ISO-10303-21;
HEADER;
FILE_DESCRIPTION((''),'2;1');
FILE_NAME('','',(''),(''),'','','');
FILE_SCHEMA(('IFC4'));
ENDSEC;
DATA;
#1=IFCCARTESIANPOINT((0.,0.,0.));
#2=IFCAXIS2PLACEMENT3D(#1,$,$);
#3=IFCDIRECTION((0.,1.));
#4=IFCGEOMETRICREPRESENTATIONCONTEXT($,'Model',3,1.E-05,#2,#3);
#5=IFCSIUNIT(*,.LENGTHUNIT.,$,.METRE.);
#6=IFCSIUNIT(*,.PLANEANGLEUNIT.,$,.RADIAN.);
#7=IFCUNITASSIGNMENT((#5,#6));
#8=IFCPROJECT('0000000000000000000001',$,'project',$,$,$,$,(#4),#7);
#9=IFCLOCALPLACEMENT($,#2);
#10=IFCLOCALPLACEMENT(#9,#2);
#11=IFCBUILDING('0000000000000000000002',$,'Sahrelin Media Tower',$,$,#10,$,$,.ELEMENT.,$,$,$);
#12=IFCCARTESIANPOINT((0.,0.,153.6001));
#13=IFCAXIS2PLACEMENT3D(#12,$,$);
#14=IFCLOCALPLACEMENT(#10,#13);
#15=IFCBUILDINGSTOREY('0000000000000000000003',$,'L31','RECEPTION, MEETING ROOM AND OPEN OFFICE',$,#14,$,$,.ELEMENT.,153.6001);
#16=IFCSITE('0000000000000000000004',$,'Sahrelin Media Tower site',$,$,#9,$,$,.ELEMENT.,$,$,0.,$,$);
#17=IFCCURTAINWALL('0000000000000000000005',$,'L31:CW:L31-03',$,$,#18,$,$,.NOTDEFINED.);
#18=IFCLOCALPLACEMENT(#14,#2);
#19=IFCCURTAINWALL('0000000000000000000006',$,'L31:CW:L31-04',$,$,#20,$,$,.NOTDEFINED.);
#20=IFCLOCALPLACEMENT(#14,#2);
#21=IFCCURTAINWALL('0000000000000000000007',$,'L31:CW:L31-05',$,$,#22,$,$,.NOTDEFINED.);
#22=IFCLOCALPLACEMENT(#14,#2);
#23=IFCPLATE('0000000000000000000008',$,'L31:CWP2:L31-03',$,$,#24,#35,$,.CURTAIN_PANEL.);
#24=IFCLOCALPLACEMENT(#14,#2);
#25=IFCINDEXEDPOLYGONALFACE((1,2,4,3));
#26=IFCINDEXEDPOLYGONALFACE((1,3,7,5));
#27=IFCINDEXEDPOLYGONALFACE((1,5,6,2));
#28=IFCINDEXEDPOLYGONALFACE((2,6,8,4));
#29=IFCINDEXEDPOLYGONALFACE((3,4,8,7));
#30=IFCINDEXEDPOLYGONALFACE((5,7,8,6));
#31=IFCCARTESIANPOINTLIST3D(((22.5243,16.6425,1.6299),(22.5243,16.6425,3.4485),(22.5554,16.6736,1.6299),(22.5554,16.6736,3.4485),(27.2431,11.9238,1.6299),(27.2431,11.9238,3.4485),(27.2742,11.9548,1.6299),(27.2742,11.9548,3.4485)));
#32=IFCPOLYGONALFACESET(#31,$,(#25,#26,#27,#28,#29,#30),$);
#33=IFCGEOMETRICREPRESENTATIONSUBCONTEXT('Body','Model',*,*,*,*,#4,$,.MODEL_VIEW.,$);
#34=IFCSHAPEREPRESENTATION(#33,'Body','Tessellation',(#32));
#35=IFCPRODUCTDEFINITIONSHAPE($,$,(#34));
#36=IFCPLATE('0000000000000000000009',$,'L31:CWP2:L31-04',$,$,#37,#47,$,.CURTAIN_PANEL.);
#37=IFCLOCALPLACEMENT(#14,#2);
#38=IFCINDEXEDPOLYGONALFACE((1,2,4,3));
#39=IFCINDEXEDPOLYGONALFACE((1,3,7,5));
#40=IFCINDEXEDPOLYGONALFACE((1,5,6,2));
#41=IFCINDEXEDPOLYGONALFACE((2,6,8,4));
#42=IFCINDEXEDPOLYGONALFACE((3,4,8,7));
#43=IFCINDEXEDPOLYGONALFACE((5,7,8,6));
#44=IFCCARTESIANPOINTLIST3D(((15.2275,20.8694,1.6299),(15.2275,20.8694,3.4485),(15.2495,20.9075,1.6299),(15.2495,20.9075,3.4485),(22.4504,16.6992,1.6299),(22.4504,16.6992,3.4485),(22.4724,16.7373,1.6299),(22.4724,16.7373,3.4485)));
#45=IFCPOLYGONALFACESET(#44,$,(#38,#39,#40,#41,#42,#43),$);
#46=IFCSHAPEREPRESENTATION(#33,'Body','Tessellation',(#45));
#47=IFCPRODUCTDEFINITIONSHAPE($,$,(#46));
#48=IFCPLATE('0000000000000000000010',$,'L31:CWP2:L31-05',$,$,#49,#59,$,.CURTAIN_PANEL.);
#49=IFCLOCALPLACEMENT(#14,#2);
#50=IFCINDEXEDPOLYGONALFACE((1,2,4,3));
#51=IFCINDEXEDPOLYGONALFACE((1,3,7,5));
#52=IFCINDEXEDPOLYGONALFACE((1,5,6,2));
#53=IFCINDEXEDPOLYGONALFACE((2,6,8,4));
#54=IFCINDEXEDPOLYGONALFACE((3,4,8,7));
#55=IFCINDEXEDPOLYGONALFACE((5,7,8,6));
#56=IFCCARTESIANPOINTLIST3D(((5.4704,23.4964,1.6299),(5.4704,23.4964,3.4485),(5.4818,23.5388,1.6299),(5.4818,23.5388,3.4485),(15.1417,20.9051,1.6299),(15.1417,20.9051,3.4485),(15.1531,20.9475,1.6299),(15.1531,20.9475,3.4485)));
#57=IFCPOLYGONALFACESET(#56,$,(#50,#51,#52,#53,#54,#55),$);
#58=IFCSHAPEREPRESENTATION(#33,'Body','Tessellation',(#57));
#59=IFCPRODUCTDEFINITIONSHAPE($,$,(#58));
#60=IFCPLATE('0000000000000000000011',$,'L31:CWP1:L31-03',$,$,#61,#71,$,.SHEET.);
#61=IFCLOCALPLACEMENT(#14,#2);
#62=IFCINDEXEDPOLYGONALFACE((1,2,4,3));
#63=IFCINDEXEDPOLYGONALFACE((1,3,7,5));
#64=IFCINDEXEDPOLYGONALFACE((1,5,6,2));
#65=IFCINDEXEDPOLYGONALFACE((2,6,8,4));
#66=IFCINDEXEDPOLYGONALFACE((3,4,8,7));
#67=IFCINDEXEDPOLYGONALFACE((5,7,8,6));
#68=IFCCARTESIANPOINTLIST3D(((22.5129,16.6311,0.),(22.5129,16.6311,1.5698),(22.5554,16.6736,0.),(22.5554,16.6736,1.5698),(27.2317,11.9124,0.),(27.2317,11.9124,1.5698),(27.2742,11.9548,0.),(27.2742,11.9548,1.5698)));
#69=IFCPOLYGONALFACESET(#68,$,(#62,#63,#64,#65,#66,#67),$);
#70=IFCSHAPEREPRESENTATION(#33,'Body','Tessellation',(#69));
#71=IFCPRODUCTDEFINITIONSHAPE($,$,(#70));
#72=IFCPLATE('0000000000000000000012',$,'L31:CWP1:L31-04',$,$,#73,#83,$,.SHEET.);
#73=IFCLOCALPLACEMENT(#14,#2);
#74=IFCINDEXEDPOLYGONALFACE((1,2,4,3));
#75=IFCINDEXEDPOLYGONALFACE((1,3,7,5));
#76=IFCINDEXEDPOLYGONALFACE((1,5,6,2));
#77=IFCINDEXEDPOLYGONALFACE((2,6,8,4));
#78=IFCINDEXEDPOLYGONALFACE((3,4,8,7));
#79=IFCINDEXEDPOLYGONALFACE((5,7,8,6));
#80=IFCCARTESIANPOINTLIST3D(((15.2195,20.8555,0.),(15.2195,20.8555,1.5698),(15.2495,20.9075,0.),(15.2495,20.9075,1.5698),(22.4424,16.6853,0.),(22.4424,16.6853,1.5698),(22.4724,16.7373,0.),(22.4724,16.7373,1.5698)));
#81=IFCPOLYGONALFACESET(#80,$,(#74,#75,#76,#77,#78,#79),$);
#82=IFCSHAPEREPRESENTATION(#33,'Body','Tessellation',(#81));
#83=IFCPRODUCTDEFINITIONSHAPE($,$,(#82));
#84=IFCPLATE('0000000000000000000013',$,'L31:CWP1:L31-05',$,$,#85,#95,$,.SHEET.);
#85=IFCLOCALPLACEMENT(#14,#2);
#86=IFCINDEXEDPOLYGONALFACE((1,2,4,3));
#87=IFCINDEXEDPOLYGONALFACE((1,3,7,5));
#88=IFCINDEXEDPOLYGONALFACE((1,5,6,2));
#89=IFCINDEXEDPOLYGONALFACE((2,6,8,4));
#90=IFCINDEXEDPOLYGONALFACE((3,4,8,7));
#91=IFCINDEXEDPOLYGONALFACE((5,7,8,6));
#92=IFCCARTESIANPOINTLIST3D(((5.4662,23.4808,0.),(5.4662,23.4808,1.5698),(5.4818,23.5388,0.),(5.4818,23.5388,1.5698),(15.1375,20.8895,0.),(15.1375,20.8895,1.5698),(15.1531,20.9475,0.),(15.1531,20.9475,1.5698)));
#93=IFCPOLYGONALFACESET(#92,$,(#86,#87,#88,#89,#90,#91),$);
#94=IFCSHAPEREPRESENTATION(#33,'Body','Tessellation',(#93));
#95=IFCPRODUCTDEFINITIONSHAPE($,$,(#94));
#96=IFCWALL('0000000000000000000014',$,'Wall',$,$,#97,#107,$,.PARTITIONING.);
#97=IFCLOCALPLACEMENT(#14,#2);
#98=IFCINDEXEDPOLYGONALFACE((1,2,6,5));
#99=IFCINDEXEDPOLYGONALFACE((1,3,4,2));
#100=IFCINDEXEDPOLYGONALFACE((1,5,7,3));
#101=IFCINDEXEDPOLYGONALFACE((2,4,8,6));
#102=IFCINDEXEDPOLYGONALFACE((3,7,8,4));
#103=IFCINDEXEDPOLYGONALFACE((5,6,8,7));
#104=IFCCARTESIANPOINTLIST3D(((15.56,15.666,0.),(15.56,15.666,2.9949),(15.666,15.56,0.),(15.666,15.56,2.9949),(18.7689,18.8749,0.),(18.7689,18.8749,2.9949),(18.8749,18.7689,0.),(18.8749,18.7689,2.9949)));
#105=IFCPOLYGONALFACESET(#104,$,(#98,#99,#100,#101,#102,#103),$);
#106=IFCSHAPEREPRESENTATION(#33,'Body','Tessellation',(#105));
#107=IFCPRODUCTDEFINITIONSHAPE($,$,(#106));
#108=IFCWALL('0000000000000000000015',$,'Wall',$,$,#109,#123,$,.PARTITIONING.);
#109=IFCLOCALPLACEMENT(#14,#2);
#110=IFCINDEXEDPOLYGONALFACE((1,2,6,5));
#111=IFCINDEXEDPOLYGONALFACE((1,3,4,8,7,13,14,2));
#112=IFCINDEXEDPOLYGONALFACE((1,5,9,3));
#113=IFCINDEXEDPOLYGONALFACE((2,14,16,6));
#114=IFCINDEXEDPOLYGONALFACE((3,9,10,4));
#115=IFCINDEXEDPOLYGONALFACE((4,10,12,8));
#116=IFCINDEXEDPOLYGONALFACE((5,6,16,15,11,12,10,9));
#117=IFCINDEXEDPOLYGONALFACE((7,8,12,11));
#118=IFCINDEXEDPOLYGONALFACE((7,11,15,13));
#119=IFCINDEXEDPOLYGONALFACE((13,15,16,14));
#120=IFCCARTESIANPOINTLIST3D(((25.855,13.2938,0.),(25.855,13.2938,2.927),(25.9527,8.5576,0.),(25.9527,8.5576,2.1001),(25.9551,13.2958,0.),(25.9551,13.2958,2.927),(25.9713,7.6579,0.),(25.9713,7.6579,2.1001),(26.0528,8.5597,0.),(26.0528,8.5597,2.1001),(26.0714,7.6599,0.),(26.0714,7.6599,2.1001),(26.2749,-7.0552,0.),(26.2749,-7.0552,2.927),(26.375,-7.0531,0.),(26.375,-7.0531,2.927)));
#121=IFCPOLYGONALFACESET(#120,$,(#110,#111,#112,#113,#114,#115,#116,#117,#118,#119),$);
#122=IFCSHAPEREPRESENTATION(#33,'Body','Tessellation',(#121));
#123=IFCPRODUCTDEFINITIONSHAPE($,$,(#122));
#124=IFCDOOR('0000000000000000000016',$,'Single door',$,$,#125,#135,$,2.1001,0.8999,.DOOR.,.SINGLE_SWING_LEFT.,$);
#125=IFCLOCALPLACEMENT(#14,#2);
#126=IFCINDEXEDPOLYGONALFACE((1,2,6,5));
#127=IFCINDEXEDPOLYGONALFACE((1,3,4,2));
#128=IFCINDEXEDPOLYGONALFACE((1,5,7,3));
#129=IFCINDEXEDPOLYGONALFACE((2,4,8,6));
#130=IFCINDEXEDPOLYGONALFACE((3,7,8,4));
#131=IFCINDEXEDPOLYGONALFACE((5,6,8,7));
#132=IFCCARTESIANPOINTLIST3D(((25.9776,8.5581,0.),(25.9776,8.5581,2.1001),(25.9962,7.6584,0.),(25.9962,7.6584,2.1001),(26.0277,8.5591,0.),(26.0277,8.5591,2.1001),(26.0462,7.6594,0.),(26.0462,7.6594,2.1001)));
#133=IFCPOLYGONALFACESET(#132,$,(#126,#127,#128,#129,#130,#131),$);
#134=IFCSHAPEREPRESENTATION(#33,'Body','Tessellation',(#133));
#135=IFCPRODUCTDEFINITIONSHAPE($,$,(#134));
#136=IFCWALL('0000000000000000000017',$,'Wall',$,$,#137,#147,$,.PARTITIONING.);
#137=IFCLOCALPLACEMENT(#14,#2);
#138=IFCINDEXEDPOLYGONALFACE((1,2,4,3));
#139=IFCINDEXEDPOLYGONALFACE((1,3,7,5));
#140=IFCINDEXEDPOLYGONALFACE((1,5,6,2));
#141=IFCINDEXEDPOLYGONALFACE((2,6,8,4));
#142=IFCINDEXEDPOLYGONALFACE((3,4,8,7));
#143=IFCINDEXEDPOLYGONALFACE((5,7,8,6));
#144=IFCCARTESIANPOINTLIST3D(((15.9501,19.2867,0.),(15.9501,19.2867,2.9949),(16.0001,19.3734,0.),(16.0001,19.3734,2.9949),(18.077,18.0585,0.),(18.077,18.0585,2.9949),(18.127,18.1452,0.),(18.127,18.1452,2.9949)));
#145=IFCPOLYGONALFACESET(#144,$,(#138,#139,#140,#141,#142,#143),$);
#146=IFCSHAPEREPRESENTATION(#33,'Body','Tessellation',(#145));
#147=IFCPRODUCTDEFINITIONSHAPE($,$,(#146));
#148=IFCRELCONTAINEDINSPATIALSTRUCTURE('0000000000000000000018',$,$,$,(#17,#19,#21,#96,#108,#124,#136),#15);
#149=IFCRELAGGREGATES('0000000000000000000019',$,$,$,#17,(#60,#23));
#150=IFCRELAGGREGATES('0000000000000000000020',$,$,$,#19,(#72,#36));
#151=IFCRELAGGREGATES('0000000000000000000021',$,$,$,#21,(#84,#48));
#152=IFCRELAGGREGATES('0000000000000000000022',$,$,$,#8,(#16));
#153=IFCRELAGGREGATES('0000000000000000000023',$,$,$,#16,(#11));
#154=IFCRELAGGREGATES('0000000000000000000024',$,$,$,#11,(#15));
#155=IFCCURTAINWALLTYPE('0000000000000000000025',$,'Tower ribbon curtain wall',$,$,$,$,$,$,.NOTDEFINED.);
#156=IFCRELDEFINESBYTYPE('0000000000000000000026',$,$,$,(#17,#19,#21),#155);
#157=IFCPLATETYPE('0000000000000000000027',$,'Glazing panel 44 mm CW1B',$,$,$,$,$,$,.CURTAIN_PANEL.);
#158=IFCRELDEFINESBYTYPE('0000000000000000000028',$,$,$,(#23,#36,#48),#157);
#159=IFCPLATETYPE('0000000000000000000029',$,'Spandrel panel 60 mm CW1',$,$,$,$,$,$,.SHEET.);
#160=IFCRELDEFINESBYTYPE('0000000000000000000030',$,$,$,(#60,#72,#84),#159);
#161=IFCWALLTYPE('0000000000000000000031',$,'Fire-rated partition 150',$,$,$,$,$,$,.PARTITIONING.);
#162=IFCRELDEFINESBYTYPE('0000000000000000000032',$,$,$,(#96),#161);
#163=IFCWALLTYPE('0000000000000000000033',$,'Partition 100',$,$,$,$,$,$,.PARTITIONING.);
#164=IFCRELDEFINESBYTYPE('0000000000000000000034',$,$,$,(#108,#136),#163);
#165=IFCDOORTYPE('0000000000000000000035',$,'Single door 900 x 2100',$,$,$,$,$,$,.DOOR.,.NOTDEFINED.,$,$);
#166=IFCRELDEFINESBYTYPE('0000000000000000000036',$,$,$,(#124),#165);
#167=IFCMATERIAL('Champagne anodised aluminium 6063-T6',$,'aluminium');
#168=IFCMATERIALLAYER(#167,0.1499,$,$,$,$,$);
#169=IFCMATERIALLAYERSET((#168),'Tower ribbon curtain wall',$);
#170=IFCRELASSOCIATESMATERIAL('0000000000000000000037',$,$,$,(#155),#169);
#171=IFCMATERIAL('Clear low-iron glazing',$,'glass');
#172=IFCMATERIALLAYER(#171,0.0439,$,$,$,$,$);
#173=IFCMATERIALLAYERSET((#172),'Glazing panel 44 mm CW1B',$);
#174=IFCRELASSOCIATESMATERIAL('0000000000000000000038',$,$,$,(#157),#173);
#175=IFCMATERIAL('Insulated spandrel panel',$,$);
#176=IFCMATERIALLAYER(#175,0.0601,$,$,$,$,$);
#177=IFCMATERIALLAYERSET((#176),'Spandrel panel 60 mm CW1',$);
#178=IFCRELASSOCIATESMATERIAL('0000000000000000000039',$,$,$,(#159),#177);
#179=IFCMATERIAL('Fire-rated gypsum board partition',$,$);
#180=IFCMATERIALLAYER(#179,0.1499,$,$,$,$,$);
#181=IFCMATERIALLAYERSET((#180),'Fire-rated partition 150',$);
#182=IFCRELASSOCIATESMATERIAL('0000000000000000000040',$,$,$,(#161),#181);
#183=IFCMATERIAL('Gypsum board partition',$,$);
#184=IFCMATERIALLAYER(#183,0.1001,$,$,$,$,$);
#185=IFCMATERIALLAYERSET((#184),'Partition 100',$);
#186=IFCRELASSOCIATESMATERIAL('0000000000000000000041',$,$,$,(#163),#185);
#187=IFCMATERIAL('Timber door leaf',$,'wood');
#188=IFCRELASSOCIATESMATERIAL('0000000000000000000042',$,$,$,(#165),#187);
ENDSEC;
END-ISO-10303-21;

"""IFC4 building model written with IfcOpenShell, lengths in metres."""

from ifc_helpers import new_model, si_unit, direction, frame, frame_2d, origin, place, context, subcontext, project, spatial, polyline, rectangle, outline, extrude, material, layer, layer_set, type_object, element, fill, aggregate, save


model = new_model("IFC4")

# Units and contexts
model_context = context("Model", 3, precision=1e-05, world=origin(), true_north=direction((0.0, 1.0)))
body_context = subcontext(model_context, "Body", "Model", "MODEL_VIEW")
ifc_project = project(units=[si_unit("LENGTHUNIT", "METRE"), si_unit("PLANEANGLEUNIT", "RADIAN")], contexts=[model_context])

# Site, building, storey
site_placement = place(None, origin())
site = spatial("IfcSite", under=ifc_project, at=site_placement, Name="Sahrelin Media Tower site", CompositionType="ELEMENT", RefElevation=0.0)
building_placement = place(site_placement, origin())
building = spatial("IfcBuilding", under=site, at=building_placement, Name="Sahrelin Media Tower", CompositionType="ELEMENT")
storey_placement = place(building_placement, frame((0.0, 0.0, 153.6001)))
storey = spatial("IfcBuildingStorey", under=building, at=storey_placement, Name="L31", Description="RECEPTION, MEETING ROOM AND OPEN OFFICE", CompositionType="ELEMENT", Elevation=153.6001)

# Curtain walls
ifc_material_1 = material(Name="Champagne anodised aluminium 6063-T6", Category="aluminium")
ifc_layer_1 = layer(ifc_material_1, 0.1499)
ifc_layer_set_1 = layer_set([ifc_layer_1], Name="Tower ribbon curtain wall")
curtain_wall_type = type_object("IfcCurtainWallType", Name="Tower ribbon curtain wall", PredefinedType="NOTDEFINED", material=ifc_layer_set_1)
curtain_wall_1_placement = place(storey_placement, frame((24.9006, 14.3003, 0.0), z_axis=(0.0, 0.0, 1.0), x_axis=(1.0, 0.0, 0.0)))
curtain_wall_1 = element("IfcCurtainWall", 1, at=curtain_wall_1_placement, inside=storey, type_object=curtain_wall_type, Name="L31:CW:L31-03", PredefinedType="NOTDEFINED")
curtain_wall_2_placement = place(storey_placement, frame((18.8511, 18.8049, 0.0), z_axis=(0.0, 0.0, 1.0), x_axis=(1.0, 0.0, 0.0)))
curtain_wall_2 = element("IfcCurtainWall", 2, at=curtain_wall_2_placement, inside=storey, type_object=curtain_wall_type, Name="L31:CW:L31-04", PredefinedType="NOTDEFINED")

# Curtain wall
curtain_wall_3_placement = place(storey_placement, frame((10.3123, 22.2236, 0.0), z_axis=(0.0, 0.0, 1.0), x_axis=(1.0, 0.0, 0.0)))
curtain_wall_3 = element("IfcCurtainWall", 3, at=curtain_wall_3_placement, inside=storey, type_object=curtain_wall_type, Name="L31:CW:L31-05", PredefinedType="NOTDEFINED")

# Plates
ifc_material_2 = material(Name="Clear low-iron glazing", Category="glass")
ifc_layer_2 = layer(ifc_material_2, 0.0439)
ifc_layer_set_2 = layer_set([ifc_layer_2], Name="Glazing panel 44 mm CW1B")
plate_type_1 = type_object("IfcPlateType", Name="Glazing panel 44 mm CW1B", PredefinedType="CURTAIN_PANEL", material=ifc_layer_set_2)
plate_1_placement = place(storey_placement, frame((27.2742, 11.9548, 1.6299), z_axis=(0.707107, 0.707107, 0.0), x_axis=(-0.707107, 0.707107, 0.0)))
plate_1 = element("IfcPlate", 4, at=plate_1_placement, type_object=plate_type_1, Name="L31:CWP2:L31-03", PredefinedType="CURTAIN_PANEL", context=body_context, shape_type="SweptSolid", body=[
    extrude(outline(polyline([(0.0, 0.0), (6.6733, 0.0), (6.6733, 1.8186), (0.0, 1.8186), (0.0, 0.0)])), origin(), (0.0, 0.0, -1.0), 0.0439),
])
plate_2_placement = place(storey_placement, frame((22.4724, 16.7373, 1.6299), z_axis=(0.500002, 0.866024, 0.0), x_axis=(-0.866024, 0.500002, 0.0)))
plate_2 = element("IfcPlate", 5, at=plate_2_placement, type_object=plate_type_1, Name="L31:CWP2:L31-04", PredefinedType="CURTAIN_PANEL", context=body_context, shape_type="SweptSolid", body=[
    extrude(outline(polyline([(0.0, 0.0), (8.3403, 0.0), (8.3403, 1.8186), (0.0, 1.8186), (0.0, 0.0)])), origin(), (0.0, 0.0, -1.0), 0.0439),
])
plate_3_placement = place(storey_placement, frame((15.1531, 20.9475, 1.6299), z_axis=(0.258807, 0.965929, 0.0), x_axis=(-0.965929, 0.258807, 0.0)))
plate_3 = element("IfcPlate", 6, at=plate_3_placement, type_object=plate_type_1, Name="L31:CWP2:L31-05", PredefinedType="CURTAIN_PANEL", context=body_context, shape_type="SweptSolid", body=[
    extrude(outline(polyline([(0.0, 0.0), (10.0125, 0.0), (10.0125, 1.8186), (0.0, 1.8186), (0.0, 0.0)])), origin(), (0.0, 0.0, -1.0), 0.0439),
])
ifc_material_3 = material(Name="Insulated spandrel panel")
ifc_layer_3 = layer(ifc_material_3, 0.0601)
ifc_layer_set_3 = layer_set([ifc_layer_3], Name="Spandrel panel 60 mm CW1")
plate_type_2 = type_object("IfcPlateType", Name="Spandrel panel 60 mm CW1", PredefinedType="SHEET", material=ifc_layer_set_3)
plate_4_placement = place(storey_placement, frame((27.2742, 11.9548, 0.0), z_axis=(0.707107, 0.707107, 0.0), x_axis=(-0.707107, 0.707107, 0.0)))
plate_4 = element("IfcPlate", 7, at=plate_4_placement, type_object=plate_type_2, Name="L31:CWP1:L31-03", PredefinedType="SHEET", context=body_context, shape_type="SweptSolid", body=[
    extrude(outline(polyline([(0.0, 0.0), (6.6733, 0.0), (6.6733, 1.5698), (0.0, 1.5698), (0.0, 0.0)])), origin(), (0.0, 0.0, -1.0), 0.0601),
])
aggregate(curtain_wall_1, [plate_4, plate_1])
plate_5_placement = place(storey_placement, frame((22.4724, 16.7373, 0.0), z_axis=(0.500002, 0.866024, 0.0), x_axis=(-0.866024, 0.500002, 0.0)))
plate_5 = element("IfcPlate", 8, at=plate_5_placement, type_object=plate_type_2, Name="L31:CWP1:L31-04", PredefinedType="SHEET", context=body_context, shape_type="SweptSolid", body=[
    extrude(outline(polyline([(0.0, 0.0), (8.3403, 0.0), (8.3403, 1.5698), (0.0, 1.5698), (0.0, 0.0)])), origin(), (0.0, 0.0, -1.0), 0.0601),
])
aggregate(curtain_wall_2, [plate_5, plate_2])
plate_6_placement = place(storey_placement, frame((15.1531, 20.9475, 0.0), z_axis=(0.258807, 0.965929, 0.0), x_axis=(-0.965929, 0.258807, 0.0)))
plate_6 = element("IfcPlate", 9, at=plate_6_placement, type_object=plate_type_2, Name="L31:CWP1:L31-05", PredefinedType="SHEET", context=body_context, shape_type="SweptSolid", body=[
    extrude(outline(polyline([(0.0, 0.0), (10.0125, 0.0), (10.0125, 1.5698), (0.0, 1.5698), (0.0, 0.0)])), origin(), (0.0, 0.0, -1.0), 0.0601),
])
aggregate(curtain_wall_3, [plate_6, plate_3])

# Wall
ifc_material_4 = material(Name="Fire-rated gypsum board partition")
ifc_layer_4 = layer(ifc_material_4, 0.1499)
ifc_layer_set_4 = layer_set([ifc_layer_4], Name="Fire-rated partition 150")
wall_type_1 = type_object("IfcWallType", Name="Fire-rated partition 150", PredefinedType="PARTITIONING", material=ifc_layer_set_4)
wall_1_placement = place(storey_placement, frame((15.613, 15.613, 0.0), z_axis=(0.0, 0.0, 1.0), x_axis=(0.707107, 0.707107, 0.0)))
element("IfcWall", 10, at=wall_1_placement, inside=storey, type_object=wall_type_1, Name="Wall", PredefinedType="PARTITIONING", context=body_context, shape_type="SweptSolid", body=[
    extrude(rectangle(XDim=4.5381, YDim=0.1499, at=frame_2d((2.269, 0.0))), origin(), (0.0, 0.0, 1.0), 2.9949),
])

# Wall, opening, door
ifc_material_5 = material(Name="Gypsum board partition")
ifc_layer_5 = layer(ifc_material_5, 0.1001)
ifc_layer_set_5 = layer_set([ifc_layer_5], Name="Partition 100")
wall_type_2 = type_object("IfcWallType", Name="Partition 100", PredefinedType="PARTITIONING", material=ifc_layer_set_5)
wall_2_placement = place(storey_placement, frame((25.905, 13.2949, 0.0), z_axis=(0.0, 0.0, 1.0), x_axis=(0.020632, -0.999787, 0.0)))
wall_2 = element("IfcWall", 11, at=wall_2_placement, inside=storey, type_object=wall_type_2, Name="Wall", PredefinedType="PARTITIONING", context=body_context, shape_type="SweptSolid", body=[
    extrude(rectangle(XDim=20.3533, YDim=0.1001, at=frame_2d((10.1768, 0.0))), origin(), (0.0, 0.0, 1.0), 2.927),
])
opening_placement = place(wall_2_placement, frame((4.7373, 0.0, 0.0)))
opening = element("IfcOpeningElement", 12, at=opening_placement, cuts=wall_2, PredefinedType="OPENING", context=body_context, shape_type="SweptSolid", body=[
    extrude(rectangle(XDim=0.8999, YDim=2.1001, at=frame_2d((0.45, 1.05))), frame((0.0, 0.05, 0.0), z_axis=(0.0, -1.0, 0.0), x_axis=(1.0, 0.0, 0.0)), (0.0, 0.0, 1.0), 0.1001),
])
ifc_material_6 = material(Name="Timber door leaf", Category="wood")
door_type = type_object("IfcDoorType", Name="Single door 900 x 2100", OperationType="NOTDEFINED", PredefinedType="DOOR", material=ifc_material_6)
door_placement = place(opening_placement, origin())
door = element("IfcDoor", 13, at=door_placement, inside=storey, type_object=door_type, Name="Single door", OperationType="SINGLE_SWING_LEFT", OverallHeight=2.1001, OverallWidth=0.8999, PredefinedType="DOOR", context=body_context, shape_type="SweptSolid", body=[
    extrude(rectangle(XDim=0.8999, YDim=2.1001, at=frame_2d((0.45, 1.05))), frame((0.0, 0.0249, 0.0), z_axis=(0.0, -1.0, 0.0), x_axis=(1.0, 0.0, 0.0)), (0.0, 0.0, 1.0), 0.05),
])
fill(opening, door)

# Wall
wall_3_placement = place(storey_placement, frame((15.9751, 19.3301, 0.0), z_axis=(0.0, 0.0, 1.0), x_axis=(0.865977, -0.500084, 0.0)))
element("IfcWall", 14, at=wall_3_placement, inside=storey, type_object=wall_type_2, Name="Wall", PredefinedType="PARTITIONING", context=body_context, shape_type="SweptSolid", body=[
    extrude(rectangle(XDim=2.4561, YDim=0.1001, at=frame_2d((1.228, 0.0))), origin(), (0.0, 0.0, 1.0), 2.9949),
])

save(model, "model.ifc")
